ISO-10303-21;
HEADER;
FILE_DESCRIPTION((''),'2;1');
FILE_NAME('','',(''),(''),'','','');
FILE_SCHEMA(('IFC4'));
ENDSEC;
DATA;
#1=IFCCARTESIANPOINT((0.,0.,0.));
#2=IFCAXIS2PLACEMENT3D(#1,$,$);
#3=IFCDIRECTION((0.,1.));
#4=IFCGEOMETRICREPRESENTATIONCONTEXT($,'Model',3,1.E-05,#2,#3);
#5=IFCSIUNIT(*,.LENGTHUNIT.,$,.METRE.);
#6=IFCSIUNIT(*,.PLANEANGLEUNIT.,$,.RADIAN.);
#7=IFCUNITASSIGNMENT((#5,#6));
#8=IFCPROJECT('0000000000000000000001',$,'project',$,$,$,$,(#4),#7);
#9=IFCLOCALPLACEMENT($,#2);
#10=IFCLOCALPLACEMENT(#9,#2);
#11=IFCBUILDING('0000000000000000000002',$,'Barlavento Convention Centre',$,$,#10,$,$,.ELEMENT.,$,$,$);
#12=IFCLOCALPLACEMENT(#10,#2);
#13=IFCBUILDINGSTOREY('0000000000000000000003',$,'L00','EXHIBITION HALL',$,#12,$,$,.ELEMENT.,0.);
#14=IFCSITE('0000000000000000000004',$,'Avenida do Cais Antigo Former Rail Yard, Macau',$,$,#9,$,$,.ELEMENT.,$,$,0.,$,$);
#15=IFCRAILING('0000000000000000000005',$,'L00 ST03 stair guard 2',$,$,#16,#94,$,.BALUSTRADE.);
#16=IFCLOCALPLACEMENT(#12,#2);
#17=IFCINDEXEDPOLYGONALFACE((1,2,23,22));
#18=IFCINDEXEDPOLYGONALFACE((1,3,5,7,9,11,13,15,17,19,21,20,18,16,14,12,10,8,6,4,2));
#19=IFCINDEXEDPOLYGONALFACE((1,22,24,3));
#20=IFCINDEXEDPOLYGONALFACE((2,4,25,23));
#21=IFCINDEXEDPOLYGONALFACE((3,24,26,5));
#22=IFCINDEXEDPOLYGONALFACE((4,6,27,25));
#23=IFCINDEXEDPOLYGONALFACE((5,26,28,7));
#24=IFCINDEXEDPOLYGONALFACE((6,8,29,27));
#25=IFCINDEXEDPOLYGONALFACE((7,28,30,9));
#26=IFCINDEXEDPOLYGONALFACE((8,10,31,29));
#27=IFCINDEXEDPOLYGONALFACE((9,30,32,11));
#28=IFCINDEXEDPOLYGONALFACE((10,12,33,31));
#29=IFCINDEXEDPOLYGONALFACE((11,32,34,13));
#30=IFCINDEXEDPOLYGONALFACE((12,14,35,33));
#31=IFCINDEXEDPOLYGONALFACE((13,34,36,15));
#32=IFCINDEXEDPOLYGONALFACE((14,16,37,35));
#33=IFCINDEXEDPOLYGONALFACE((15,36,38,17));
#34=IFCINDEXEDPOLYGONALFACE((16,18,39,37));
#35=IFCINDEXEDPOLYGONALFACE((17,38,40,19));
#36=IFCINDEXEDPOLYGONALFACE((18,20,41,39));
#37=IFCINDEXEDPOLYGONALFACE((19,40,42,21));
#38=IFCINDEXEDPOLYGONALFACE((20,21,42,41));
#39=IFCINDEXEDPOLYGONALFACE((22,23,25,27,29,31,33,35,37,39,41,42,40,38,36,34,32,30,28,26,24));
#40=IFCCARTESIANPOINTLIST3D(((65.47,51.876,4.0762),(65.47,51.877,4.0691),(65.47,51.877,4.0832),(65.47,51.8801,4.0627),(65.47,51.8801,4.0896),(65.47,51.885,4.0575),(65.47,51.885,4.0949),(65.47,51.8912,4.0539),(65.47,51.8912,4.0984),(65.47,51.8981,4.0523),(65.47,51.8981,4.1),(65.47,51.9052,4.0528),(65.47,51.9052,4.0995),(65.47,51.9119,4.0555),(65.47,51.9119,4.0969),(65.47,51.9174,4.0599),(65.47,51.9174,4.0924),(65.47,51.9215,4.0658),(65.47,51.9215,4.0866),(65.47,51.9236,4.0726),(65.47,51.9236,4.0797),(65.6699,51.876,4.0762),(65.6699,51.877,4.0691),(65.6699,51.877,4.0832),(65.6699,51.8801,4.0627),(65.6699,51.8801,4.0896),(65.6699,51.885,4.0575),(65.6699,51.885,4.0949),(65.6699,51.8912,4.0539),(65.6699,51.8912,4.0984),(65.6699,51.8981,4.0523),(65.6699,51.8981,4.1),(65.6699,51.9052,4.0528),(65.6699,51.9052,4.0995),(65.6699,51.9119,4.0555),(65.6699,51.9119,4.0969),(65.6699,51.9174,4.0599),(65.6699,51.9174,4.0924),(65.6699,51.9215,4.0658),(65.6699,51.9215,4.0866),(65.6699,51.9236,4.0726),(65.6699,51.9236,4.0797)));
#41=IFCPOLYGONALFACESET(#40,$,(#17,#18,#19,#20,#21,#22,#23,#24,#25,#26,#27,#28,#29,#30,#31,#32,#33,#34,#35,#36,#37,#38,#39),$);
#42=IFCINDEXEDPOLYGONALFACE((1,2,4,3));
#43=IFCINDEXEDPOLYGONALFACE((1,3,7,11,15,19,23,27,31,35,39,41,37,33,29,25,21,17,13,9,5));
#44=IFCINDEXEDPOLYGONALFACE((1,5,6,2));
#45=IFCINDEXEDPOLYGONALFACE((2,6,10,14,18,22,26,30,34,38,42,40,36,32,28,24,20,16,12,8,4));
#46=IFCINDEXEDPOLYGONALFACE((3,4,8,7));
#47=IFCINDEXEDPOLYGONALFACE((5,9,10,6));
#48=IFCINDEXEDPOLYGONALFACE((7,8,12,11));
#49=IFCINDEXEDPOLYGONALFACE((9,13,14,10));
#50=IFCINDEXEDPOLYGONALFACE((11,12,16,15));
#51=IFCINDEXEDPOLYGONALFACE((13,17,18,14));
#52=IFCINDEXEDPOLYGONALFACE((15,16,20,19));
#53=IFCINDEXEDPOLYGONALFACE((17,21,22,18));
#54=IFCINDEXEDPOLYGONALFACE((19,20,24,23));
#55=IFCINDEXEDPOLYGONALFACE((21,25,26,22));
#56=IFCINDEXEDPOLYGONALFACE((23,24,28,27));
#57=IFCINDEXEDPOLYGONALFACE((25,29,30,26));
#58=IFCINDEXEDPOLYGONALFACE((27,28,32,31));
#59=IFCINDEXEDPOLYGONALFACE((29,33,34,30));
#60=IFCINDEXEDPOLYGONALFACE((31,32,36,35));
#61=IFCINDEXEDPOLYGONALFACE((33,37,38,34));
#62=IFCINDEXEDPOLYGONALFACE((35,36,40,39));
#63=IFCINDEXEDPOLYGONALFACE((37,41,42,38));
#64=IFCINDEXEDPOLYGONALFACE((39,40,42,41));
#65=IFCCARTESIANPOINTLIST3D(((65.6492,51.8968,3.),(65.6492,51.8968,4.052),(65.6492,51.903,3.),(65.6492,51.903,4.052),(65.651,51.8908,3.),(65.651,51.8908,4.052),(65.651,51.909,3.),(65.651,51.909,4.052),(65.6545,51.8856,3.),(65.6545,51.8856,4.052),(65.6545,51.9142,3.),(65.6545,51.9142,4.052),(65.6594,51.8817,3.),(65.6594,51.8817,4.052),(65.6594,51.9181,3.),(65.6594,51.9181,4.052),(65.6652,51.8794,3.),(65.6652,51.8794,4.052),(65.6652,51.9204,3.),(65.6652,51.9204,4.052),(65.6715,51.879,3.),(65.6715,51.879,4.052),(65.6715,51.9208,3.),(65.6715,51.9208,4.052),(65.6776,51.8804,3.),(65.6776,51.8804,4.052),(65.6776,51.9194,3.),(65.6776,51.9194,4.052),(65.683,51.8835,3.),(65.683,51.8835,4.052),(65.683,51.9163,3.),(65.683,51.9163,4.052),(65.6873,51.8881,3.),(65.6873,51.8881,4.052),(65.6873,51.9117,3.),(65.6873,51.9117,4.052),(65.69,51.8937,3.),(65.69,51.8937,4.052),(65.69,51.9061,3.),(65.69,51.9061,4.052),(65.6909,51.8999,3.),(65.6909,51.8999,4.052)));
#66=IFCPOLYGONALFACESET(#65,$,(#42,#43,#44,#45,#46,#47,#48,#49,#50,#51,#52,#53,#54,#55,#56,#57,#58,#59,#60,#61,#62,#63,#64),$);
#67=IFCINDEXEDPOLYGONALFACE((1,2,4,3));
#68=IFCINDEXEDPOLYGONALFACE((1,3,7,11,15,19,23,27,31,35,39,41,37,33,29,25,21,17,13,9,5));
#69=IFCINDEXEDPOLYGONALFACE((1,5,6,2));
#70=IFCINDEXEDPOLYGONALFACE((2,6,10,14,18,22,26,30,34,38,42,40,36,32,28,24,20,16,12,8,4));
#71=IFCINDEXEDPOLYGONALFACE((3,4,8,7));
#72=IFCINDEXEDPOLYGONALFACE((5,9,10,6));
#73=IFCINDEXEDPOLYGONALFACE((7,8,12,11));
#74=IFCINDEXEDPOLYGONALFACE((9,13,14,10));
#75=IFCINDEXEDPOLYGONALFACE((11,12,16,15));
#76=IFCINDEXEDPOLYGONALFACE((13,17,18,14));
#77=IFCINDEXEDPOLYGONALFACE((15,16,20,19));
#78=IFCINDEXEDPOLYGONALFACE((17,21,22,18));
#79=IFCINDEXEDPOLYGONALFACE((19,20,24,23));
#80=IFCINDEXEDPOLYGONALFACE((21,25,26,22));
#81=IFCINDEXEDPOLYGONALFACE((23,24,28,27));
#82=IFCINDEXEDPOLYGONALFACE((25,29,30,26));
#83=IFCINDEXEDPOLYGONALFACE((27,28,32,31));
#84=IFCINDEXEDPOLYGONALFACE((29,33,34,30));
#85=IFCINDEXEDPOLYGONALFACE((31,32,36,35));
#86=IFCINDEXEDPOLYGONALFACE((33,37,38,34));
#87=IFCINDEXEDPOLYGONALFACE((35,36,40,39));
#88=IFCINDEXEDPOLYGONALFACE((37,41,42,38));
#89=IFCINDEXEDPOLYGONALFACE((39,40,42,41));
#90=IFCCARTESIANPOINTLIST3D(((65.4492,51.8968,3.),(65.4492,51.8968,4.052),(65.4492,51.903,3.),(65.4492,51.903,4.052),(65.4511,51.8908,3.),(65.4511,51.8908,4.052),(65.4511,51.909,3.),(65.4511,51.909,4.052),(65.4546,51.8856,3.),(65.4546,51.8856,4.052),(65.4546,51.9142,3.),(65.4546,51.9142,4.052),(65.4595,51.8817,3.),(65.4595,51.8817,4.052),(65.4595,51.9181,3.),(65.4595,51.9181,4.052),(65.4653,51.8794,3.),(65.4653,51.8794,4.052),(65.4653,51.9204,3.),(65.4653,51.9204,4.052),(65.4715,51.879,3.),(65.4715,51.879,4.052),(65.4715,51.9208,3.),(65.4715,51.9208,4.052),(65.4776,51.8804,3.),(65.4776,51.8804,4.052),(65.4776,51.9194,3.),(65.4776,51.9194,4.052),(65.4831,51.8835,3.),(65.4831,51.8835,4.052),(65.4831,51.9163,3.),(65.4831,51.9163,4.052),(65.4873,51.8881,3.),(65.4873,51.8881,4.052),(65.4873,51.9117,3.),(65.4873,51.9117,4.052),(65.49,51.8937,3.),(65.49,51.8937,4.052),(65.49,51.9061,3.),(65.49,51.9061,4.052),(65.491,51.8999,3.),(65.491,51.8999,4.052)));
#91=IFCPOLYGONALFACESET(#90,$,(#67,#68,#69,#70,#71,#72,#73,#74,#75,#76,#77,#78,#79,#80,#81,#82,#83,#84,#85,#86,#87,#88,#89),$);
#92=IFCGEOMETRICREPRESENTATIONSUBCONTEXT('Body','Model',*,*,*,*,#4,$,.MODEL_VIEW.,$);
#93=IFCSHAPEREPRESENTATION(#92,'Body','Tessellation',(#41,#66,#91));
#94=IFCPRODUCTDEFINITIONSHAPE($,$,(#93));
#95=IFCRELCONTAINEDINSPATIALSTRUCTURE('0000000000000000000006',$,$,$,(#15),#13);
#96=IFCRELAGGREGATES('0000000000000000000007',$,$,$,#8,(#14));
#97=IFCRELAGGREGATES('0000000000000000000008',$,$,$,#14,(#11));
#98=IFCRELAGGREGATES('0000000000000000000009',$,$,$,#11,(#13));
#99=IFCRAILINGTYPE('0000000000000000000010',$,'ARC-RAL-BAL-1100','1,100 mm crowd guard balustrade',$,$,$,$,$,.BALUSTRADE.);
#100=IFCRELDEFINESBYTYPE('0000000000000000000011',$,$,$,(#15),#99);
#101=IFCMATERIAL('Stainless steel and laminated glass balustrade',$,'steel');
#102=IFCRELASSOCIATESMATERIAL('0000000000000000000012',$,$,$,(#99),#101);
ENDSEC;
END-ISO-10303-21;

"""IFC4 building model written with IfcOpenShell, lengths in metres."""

from ifc_helpers import new_model, si_unit, direction, frame, origin, origin_2d, place, context, subcontext, project, spatial, circle, extrude, material, type_object, element, save


model = new_model("IFC4")

# Units and contexts
model_context = context("Model", 3, precision=1e-05, world=origin(), true_north=direction((0.0, 1.0)))
body_context = subcontext(model_context, "Body", "Model", "MODEL_VIEW")
ifc_project = project(units=[si_unit("LENGTHUNIT", "METRE"), si_unit("PLANEANGLEUNIT", "RADIAN")], contexts=[model_context])

# Site, building, storey
site_placement = place(None, origin())
site = spatial("IfcSite", under=ifc_project, at=site_placement, Name="Avenida do Cais Antigo Former Rail Yard, Macau", CompositionType="ELEMENT", RefElevation=0.0)
building_placement = place(site_placement, origin())
building = spatial("IfcBuilding", under=site, at=building_placement, Name="Barlavento Convention Centre", CompositionType="ELEMENT")
storey_placement = place(building_placement, origin())
storey = spatial("IfcBuildingStorey", under=building, at=storey_placement, Name="L00", Description="EXHIBITION HALL", CompositionType="ELEMENT", Elevation=0.0)

# Railing
ifc_material_1 = material(Name="Stainless steel and laminated glass balustrade", Category="steel")
railing_type_1 = type_object("IfcRailingType", Name="ARC-RAL-BAL-1100", Description="1,100 mm crowd guard balustrade", PredefinedType="BALUSTRADE", material=ifc_material_1)
railing_1_placement = place(storey_placement, frame((65.6699, 51.8999, 3.0)))
element("IfcRailing", 1, at=railing_1_placement, inside=storey, type_object=railing_type_1, Name="L00 ST03 stair guard 2", PredefinedType="BALUSTRADE", context=body_context, shape_type="SweptSolid", body=[
    extrude(circle(Radius=0.0239, at=origin_2d()), frame((0.0, 0.0, 1.0762), z_axis=(-1.0, 0.0, 0.0), x_axis=(0.0, -1.0, 0.0)), (0.0, 0.0, 1.0), 0.2),
    extrude(circle(Radius=0.021, at=origin_2d()), origin(), (0.0, 0.0, 1.0), 1.052),
    extrude(circle(Radius=0.021, at=origin_2d()), frame((-0.2, 0.0, 0.0)), (0.0, 0.0, 1.0), 1.052),
])

save(model, "model.ifc")
